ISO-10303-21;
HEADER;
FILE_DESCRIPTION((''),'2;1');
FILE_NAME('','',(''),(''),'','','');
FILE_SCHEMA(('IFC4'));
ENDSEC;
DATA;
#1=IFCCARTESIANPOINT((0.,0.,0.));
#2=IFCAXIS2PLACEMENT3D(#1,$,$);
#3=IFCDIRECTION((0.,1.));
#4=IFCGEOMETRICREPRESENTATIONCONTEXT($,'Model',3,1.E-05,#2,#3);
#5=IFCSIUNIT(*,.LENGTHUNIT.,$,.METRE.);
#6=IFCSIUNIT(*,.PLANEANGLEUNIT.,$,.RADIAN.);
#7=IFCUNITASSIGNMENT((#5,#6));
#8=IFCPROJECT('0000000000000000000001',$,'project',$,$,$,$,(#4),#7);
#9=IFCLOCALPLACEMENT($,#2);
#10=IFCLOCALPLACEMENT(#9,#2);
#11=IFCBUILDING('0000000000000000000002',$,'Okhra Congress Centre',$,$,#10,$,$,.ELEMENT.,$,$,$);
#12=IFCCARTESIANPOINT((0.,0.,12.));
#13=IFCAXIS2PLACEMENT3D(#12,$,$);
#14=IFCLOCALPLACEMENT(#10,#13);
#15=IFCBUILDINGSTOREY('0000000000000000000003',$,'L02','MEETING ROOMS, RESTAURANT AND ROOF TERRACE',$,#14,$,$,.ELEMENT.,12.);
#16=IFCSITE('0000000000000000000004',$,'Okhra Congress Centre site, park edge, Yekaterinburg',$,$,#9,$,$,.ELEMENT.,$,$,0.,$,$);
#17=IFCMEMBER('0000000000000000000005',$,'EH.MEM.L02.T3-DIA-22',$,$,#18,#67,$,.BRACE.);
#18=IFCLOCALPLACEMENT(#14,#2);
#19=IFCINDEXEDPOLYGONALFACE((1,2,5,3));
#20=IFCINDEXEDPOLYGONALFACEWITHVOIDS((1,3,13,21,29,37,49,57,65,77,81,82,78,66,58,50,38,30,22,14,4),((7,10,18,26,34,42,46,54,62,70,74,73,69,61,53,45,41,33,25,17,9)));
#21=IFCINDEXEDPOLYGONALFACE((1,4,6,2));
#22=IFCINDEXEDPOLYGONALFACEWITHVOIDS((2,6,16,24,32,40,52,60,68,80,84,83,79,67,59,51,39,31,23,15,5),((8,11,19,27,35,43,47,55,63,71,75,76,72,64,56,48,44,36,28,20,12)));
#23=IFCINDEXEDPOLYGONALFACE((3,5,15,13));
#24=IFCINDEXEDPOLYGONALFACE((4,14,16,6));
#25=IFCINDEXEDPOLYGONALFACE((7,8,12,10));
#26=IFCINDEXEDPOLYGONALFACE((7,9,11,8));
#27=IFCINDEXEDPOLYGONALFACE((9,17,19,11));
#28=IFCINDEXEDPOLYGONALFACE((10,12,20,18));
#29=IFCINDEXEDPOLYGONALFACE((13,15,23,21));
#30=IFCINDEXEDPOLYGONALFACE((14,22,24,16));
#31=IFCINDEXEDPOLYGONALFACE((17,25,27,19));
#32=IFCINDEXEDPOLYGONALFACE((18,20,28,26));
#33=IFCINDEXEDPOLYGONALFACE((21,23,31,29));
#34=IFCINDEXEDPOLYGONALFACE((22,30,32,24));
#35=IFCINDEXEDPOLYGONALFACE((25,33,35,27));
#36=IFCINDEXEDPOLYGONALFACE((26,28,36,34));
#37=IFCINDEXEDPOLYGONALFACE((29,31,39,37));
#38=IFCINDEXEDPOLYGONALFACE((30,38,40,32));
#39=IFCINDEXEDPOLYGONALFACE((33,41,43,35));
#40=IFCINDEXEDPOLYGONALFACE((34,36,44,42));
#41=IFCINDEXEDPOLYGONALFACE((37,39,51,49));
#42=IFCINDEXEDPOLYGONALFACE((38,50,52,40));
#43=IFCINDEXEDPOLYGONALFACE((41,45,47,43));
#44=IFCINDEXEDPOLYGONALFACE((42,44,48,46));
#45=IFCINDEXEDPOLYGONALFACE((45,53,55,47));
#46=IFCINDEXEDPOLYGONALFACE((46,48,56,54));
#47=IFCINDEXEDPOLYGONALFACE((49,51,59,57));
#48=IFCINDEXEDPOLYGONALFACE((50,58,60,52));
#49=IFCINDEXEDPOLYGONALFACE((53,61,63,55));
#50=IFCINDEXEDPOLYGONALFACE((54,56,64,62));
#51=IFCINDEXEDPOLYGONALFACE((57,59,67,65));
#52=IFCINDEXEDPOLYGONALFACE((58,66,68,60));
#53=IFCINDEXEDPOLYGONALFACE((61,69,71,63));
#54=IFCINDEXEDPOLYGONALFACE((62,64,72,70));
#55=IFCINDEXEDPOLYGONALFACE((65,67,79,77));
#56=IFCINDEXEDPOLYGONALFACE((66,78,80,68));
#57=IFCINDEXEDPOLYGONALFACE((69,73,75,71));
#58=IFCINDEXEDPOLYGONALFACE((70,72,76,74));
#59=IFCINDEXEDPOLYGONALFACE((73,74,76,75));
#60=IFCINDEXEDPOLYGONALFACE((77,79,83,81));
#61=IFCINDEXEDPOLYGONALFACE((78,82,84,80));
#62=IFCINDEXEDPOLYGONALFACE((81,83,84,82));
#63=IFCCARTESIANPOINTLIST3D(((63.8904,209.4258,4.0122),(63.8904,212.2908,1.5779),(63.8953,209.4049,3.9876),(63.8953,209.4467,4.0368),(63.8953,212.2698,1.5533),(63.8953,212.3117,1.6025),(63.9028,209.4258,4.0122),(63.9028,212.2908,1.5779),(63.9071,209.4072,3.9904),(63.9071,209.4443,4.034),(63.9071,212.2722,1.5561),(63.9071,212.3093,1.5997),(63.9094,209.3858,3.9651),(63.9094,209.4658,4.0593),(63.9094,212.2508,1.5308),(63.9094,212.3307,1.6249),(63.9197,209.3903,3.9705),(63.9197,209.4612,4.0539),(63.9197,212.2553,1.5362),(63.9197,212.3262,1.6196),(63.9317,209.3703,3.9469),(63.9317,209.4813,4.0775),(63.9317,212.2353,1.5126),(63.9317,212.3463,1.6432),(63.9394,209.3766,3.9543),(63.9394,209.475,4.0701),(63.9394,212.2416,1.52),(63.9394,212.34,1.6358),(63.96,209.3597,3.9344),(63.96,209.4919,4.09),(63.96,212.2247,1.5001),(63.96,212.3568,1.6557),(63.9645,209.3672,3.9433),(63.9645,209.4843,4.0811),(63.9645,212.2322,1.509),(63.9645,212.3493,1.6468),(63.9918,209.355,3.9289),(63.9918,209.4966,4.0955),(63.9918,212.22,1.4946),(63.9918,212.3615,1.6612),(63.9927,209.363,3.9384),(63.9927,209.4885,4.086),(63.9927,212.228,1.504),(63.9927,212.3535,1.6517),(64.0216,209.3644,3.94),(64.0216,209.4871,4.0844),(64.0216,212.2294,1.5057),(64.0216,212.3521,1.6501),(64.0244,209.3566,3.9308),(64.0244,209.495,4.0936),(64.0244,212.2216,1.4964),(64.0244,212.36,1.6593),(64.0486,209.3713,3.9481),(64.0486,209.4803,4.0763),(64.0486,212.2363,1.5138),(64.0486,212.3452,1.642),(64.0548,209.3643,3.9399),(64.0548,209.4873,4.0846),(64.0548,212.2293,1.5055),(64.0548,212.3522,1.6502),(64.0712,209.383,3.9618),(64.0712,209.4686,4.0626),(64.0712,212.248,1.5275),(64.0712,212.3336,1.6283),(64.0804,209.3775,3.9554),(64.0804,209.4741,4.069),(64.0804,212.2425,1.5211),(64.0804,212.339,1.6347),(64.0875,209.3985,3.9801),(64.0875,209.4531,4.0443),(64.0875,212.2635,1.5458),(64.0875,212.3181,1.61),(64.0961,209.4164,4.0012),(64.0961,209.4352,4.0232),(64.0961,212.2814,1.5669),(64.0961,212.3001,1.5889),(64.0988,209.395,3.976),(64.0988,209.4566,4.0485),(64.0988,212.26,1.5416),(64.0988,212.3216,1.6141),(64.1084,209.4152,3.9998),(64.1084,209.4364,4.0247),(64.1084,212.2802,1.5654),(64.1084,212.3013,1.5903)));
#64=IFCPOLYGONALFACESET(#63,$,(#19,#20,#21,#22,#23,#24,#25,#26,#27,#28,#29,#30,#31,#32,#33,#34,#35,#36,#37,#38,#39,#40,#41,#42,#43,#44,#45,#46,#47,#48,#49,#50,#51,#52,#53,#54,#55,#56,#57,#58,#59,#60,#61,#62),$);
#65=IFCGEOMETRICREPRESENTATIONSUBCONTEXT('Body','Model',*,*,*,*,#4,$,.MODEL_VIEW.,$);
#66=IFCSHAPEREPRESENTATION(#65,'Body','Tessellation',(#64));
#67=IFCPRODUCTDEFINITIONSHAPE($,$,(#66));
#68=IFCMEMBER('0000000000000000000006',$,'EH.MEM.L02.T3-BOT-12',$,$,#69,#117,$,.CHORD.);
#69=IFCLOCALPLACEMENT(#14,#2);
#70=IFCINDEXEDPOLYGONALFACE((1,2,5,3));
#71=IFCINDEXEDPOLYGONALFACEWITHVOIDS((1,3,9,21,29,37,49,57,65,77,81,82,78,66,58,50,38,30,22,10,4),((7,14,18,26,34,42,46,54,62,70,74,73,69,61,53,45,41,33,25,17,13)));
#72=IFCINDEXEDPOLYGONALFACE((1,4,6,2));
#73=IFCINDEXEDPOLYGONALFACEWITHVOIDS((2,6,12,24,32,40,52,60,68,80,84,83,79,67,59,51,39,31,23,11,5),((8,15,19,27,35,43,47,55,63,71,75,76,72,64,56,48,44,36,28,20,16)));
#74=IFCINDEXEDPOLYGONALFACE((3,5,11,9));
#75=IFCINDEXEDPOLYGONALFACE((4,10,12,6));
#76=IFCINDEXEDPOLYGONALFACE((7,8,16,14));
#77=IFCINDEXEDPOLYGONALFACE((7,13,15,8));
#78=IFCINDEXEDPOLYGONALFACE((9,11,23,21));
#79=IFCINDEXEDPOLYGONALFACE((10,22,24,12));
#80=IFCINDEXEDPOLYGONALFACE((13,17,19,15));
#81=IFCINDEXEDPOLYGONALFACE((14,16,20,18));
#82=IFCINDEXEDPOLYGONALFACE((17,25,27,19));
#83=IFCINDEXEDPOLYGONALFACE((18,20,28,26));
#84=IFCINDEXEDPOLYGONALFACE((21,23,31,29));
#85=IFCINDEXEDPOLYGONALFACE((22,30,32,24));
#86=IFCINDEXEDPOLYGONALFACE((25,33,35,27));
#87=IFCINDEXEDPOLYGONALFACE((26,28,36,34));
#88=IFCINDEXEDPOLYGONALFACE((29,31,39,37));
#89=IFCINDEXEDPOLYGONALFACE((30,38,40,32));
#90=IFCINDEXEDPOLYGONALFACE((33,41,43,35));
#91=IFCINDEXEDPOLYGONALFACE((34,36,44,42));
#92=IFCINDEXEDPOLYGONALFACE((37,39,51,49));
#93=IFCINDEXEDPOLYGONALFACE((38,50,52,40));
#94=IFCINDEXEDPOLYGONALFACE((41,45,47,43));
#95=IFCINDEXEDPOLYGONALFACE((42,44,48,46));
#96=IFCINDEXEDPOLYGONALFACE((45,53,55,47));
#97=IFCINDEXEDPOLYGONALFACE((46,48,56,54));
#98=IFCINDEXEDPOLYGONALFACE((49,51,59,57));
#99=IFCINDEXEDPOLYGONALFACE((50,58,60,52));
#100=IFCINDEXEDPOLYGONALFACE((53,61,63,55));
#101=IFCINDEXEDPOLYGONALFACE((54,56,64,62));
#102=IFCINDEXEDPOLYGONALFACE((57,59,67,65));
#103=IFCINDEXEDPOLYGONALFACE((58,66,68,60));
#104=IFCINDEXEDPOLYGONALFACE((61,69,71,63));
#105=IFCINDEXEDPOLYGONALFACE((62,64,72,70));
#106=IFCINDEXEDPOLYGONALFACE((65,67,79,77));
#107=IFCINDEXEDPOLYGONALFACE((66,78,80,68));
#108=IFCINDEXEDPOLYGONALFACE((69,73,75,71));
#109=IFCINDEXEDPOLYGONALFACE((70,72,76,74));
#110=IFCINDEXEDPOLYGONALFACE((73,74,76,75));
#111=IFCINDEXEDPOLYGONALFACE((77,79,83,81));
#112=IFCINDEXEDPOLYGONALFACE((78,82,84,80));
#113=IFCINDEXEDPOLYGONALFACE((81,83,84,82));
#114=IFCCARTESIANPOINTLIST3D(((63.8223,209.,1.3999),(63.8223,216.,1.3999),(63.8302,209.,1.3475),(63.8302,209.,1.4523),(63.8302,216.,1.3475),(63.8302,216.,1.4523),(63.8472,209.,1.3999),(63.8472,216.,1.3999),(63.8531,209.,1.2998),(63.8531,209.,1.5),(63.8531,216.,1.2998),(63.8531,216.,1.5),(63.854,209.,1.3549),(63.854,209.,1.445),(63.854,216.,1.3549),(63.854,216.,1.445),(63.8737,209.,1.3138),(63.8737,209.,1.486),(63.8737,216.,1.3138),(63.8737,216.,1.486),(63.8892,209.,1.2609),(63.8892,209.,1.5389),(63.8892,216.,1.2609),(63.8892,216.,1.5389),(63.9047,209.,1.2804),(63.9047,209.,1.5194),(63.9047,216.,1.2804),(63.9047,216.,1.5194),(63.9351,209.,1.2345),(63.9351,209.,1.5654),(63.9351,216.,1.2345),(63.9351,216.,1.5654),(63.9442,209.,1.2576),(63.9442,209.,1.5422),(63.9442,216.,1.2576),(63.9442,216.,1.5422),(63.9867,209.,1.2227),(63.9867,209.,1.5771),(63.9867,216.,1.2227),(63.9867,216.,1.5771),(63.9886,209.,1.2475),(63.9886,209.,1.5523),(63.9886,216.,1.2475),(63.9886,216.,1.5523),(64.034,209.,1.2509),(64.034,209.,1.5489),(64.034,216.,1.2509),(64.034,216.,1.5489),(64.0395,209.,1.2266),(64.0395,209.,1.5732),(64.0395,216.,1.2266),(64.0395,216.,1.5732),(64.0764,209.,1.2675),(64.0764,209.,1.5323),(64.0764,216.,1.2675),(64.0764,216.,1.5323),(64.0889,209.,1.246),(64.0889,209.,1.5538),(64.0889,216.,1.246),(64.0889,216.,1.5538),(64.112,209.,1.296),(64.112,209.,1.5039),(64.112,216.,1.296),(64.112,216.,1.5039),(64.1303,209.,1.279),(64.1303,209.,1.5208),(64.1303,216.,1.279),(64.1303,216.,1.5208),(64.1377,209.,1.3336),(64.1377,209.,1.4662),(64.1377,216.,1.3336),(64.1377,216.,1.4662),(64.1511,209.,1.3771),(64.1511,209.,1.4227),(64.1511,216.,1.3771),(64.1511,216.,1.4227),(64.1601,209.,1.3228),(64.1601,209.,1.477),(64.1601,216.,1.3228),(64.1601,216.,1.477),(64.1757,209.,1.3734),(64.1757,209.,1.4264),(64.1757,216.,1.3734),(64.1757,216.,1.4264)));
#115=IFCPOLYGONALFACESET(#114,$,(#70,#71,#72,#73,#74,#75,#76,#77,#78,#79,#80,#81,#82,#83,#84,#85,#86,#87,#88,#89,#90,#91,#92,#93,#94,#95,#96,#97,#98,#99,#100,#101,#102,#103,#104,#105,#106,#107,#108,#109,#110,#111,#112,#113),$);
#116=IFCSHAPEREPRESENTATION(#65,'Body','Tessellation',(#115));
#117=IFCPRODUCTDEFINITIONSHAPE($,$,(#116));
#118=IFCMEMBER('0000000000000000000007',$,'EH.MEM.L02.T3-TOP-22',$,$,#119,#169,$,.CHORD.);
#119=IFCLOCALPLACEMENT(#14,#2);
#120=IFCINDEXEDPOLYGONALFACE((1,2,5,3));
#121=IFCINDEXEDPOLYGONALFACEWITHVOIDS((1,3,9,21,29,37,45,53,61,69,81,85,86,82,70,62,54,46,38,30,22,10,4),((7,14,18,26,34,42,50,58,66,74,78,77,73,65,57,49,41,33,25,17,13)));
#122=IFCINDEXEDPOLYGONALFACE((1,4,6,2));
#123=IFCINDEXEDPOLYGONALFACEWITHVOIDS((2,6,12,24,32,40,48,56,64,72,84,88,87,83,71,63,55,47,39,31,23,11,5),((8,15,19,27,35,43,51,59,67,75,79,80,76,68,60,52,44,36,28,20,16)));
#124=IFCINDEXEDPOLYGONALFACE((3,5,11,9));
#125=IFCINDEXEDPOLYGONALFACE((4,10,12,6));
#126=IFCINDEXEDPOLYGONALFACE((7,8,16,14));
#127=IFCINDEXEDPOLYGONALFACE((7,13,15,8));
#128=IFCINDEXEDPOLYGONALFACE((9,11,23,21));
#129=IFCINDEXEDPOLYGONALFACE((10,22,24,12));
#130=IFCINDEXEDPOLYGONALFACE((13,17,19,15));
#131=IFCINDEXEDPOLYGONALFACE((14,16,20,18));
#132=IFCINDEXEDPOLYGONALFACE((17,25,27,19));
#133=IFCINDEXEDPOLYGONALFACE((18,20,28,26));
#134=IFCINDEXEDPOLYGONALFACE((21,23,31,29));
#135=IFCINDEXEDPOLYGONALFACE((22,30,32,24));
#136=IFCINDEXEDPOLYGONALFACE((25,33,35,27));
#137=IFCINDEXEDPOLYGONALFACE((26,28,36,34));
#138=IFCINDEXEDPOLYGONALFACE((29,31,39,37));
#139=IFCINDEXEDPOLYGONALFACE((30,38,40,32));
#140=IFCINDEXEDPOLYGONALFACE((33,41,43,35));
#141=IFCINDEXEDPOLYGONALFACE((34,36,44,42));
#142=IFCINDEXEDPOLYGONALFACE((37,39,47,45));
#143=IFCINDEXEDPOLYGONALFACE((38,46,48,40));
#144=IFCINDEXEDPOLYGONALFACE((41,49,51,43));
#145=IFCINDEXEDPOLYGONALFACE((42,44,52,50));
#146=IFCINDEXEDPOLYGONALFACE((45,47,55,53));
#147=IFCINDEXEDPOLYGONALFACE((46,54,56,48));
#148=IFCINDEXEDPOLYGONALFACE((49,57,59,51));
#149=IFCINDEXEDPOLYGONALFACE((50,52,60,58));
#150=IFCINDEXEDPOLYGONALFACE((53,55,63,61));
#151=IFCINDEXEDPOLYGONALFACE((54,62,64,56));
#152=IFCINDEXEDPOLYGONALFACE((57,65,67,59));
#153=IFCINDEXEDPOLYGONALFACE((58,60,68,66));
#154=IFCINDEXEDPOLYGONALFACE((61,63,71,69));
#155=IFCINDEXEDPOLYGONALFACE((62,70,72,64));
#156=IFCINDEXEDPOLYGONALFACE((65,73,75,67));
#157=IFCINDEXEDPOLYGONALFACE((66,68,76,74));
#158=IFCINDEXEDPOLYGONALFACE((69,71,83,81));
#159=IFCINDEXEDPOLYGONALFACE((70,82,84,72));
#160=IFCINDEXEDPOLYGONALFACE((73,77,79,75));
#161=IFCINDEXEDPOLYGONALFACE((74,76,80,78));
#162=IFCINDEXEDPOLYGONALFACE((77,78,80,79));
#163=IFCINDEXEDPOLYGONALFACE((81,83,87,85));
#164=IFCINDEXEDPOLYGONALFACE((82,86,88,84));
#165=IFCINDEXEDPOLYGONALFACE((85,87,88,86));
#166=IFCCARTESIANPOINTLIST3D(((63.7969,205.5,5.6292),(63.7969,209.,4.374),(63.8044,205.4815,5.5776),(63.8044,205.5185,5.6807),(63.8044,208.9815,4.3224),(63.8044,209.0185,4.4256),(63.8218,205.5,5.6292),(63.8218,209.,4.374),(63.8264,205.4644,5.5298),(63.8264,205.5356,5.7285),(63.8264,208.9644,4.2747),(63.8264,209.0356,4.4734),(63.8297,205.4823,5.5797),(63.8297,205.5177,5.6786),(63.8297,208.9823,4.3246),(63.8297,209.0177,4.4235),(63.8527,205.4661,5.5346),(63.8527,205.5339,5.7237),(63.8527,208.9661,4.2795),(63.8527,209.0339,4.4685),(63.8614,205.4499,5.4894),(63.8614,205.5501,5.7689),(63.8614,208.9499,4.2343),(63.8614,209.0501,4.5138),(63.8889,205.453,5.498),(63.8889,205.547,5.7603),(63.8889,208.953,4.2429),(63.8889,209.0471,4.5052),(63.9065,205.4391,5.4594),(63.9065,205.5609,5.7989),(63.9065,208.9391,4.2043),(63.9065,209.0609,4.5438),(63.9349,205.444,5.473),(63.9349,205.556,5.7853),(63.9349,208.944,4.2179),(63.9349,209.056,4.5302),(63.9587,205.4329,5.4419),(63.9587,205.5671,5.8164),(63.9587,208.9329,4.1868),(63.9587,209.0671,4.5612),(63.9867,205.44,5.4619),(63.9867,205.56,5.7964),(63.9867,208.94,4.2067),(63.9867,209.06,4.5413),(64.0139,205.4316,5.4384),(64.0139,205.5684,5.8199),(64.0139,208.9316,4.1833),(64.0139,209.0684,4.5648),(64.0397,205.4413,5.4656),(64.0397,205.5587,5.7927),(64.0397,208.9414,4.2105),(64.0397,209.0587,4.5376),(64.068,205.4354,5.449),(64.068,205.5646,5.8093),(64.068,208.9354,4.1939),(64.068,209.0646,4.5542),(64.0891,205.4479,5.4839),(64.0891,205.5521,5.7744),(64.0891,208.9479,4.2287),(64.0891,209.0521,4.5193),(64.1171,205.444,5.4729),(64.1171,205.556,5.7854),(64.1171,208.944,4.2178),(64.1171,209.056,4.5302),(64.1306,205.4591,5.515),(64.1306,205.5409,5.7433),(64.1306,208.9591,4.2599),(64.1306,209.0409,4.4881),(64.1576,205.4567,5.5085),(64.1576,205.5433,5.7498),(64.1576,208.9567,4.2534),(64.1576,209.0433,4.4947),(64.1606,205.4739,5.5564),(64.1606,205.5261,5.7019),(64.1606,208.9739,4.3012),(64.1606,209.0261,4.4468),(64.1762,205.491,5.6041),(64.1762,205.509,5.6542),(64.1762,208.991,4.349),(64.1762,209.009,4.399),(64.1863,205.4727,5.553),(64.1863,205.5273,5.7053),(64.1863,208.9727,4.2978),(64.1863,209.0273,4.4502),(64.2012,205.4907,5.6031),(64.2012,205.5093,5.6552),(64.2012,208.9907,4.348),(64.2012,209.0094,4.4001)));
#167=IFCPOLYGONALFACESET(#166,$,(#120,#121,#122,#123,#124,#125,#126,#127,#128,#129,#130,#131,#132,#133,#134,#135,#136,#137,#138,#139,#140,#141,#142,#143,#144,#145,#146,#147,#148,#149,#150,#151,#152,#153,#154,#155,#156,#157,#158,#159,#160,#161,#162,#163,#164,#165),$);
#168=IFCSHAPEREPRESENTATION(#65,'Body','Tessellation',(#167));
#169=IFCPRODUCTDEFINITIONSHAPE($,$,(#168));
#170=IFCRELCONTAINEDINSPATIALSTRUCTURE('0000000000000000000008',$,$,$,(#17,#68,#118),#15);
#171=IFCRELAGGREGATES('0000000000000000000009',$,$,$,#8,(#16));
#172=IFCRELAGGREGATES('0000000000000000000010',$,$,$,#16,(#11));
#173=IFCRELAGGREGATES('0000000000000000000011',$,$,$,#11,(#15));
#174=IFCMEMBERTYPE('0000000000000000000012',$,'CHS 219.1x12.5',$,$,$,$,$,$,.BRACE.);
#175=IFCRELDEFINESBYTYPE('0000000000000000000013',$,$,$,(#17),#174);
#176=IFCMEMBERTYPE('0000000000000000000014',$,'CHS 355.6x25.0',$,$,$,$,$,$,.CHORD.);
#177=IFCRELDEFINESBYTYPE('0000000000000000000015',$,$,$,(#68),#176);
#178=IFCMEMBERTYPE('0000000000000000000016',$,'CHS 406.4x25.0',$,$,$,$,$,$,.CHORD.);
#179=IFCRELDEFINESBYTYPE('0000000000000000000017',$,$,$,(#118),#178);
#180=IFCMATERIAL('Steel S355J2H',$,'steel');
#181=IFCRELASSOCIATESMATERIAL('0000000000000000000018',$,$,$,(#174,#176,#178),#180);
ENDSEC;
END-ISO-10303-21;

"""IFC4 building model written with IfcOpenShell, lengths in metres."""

from ifc_helpers import new_model, si_unit, direction, frame, origin, origin_2d, place, context, subcontext, project, spatial, hollow_circle, extrude, material, material_profile, profile_set, type_object, element, save


model = new_model("IFC4")

# Units and contexts
model_context = context("Model", 3, precision=1e-05, world=origin(), true_north=direction((0.0, 1.0)))
body_context = subcontext(model_context, "Body", "Model", "MODEL_VIEW")
ifc_project = project(units=[si_unit("LENGTHUNIT", "METRE"), si_unit("PLANEANGLEUNIT", "RADIAN")], contexts=[model_context])

# Site, building, storey
site_placement = place(None, origin())
site = spatial("IfcSite", under=ifc_project, at=site_placement, Name="Okhra Congress Centre site, park edge, Yekaterinburg", CompositionType="ELEMENT", RefElevation=0.0)
building_placement = place(site_placement, origin())
building = spatial("IfcBuilding", under=site, at=building_placement, Name="Okhra Congress Centre", CompositionType="ELEMENT")
storey_placement = place(building_placement, frame((0.0, 0.0, 12.0)))
storey = spatial("IfcBuildingStorey", under=building, at=storey_placement, Name="L02", Description="MEETING ROOMS, RESTAURANT AND ROOF TERRACE", CompositionType="ELEMENT", Elevation=12.0)

# Members
ifc_material_1 = material(Name="Steel S355J2H", Category="steel")
ifc_material_profile_1 = material_profile(ifc_material_1, hollow_circle(Radius=0.1096, WallThickness=0.0125, at=origin_2d()), Name="CHS 219.1x12.5")
ifc_profile_set_1 = profile_set([ifc_material_profile_1], Name="Steel S355J2H")
member_type_1 = type_object("IfcMemberType", Name="CHS 219.1x12.5", PredefinedType="BRACE", material=ifc_profile_set_1)
member_1_placement = place(storey_placement, frame((64.0, 209.4258, 4.0122), z_axis=(0.0, 0.762059, -0.647507), x_axis=(-1.0, 0.0, 0.0)))
element("IfcMember", 1, at=member_1_placement, inside=storey, type_object=member_type_1, Name="EH.MEM.L02.T3-DIA-22", PredefinedType="BRACE", context=body_context, shape_type="SweptSolid", body=[
    extrude(hollow_circle(Radius=0.1096, WallThickness=0.0125, at=origin_2d()), origin(), (0.0, 0.0, 1.0), 3.7595),
])
ifc_material_profile_2 = material_profile(ifc_material_1, hollow_circle(Radius=0.1777, WallThickness=0.0249, at=origin_2d()), Name="CHS 355.6x25.0")
ifc_profile_set_2 = profile_set([ifc_material_profile_2], Name="Steel S355J2H")
member_type_2 = type_object("IfcMemberType", Name="CHS 355.6x25.0", PredefinedType="CHORD", material=ifc_profile_set_2)
member_2_placement = place(storey_placement, frame((64.0, 209.0, 1.3999), z_axis=(0.0, 1.0, 0.0), x_axis=(-1.0, 0.0, 0.0)))
element("IfcMember", 2, at=member_2_placement, inside=storey, type_object=member_type_2, Name="EH.MEM.L02.T3-BOT-12", PredefinedType="CHORD", context=body_context, shape_type="SweptSolid", body=[
    extrude(hollow_circle(Radius=0.1777, WallThickness=0.0249, at=origin_2d()), origin(), (0.0, 0.0, 1.0), 7.0),
])
ifc_material_profile_3 = material_profile(ifc_material_1, hollow_circle(Radius=0.2031, WallThickness=0.0249, at=origin_2d()), Name="CHS 406.4x25.0")
ifc_profile_set_3 = profile_set([ifc_material_profile_3], Name="Steel S355J2H")
member_type_3 = type_object("IfcMemberType", Name="CHS 406.4x25.0", PredefinedType="CHORD", material=ifc_profile_set_3)
member_3_placement = place(storey_placement, frame((64.0, 205.5, 5.6292), z_axis=(0.0, 0.941304, -0.337559), x_axis=(-1.0, 0.0, 0.0)))
element("IfcMember", 3, at=member_3_placement, inside=storey, type_object=member_type_3, Name="EH.MEM.L02.T3-TOP-22", PredefinedType="CHORD", context=body_context, shape_type="SweptSolid", body=[
    extrude(hollow_circle(Radius=0.2031, WallThickness=0.0249, at=origin_2d()), origin(), (0.0, 0.0, 1.0), 3.7183),
])

save(model, "model.ifc")
